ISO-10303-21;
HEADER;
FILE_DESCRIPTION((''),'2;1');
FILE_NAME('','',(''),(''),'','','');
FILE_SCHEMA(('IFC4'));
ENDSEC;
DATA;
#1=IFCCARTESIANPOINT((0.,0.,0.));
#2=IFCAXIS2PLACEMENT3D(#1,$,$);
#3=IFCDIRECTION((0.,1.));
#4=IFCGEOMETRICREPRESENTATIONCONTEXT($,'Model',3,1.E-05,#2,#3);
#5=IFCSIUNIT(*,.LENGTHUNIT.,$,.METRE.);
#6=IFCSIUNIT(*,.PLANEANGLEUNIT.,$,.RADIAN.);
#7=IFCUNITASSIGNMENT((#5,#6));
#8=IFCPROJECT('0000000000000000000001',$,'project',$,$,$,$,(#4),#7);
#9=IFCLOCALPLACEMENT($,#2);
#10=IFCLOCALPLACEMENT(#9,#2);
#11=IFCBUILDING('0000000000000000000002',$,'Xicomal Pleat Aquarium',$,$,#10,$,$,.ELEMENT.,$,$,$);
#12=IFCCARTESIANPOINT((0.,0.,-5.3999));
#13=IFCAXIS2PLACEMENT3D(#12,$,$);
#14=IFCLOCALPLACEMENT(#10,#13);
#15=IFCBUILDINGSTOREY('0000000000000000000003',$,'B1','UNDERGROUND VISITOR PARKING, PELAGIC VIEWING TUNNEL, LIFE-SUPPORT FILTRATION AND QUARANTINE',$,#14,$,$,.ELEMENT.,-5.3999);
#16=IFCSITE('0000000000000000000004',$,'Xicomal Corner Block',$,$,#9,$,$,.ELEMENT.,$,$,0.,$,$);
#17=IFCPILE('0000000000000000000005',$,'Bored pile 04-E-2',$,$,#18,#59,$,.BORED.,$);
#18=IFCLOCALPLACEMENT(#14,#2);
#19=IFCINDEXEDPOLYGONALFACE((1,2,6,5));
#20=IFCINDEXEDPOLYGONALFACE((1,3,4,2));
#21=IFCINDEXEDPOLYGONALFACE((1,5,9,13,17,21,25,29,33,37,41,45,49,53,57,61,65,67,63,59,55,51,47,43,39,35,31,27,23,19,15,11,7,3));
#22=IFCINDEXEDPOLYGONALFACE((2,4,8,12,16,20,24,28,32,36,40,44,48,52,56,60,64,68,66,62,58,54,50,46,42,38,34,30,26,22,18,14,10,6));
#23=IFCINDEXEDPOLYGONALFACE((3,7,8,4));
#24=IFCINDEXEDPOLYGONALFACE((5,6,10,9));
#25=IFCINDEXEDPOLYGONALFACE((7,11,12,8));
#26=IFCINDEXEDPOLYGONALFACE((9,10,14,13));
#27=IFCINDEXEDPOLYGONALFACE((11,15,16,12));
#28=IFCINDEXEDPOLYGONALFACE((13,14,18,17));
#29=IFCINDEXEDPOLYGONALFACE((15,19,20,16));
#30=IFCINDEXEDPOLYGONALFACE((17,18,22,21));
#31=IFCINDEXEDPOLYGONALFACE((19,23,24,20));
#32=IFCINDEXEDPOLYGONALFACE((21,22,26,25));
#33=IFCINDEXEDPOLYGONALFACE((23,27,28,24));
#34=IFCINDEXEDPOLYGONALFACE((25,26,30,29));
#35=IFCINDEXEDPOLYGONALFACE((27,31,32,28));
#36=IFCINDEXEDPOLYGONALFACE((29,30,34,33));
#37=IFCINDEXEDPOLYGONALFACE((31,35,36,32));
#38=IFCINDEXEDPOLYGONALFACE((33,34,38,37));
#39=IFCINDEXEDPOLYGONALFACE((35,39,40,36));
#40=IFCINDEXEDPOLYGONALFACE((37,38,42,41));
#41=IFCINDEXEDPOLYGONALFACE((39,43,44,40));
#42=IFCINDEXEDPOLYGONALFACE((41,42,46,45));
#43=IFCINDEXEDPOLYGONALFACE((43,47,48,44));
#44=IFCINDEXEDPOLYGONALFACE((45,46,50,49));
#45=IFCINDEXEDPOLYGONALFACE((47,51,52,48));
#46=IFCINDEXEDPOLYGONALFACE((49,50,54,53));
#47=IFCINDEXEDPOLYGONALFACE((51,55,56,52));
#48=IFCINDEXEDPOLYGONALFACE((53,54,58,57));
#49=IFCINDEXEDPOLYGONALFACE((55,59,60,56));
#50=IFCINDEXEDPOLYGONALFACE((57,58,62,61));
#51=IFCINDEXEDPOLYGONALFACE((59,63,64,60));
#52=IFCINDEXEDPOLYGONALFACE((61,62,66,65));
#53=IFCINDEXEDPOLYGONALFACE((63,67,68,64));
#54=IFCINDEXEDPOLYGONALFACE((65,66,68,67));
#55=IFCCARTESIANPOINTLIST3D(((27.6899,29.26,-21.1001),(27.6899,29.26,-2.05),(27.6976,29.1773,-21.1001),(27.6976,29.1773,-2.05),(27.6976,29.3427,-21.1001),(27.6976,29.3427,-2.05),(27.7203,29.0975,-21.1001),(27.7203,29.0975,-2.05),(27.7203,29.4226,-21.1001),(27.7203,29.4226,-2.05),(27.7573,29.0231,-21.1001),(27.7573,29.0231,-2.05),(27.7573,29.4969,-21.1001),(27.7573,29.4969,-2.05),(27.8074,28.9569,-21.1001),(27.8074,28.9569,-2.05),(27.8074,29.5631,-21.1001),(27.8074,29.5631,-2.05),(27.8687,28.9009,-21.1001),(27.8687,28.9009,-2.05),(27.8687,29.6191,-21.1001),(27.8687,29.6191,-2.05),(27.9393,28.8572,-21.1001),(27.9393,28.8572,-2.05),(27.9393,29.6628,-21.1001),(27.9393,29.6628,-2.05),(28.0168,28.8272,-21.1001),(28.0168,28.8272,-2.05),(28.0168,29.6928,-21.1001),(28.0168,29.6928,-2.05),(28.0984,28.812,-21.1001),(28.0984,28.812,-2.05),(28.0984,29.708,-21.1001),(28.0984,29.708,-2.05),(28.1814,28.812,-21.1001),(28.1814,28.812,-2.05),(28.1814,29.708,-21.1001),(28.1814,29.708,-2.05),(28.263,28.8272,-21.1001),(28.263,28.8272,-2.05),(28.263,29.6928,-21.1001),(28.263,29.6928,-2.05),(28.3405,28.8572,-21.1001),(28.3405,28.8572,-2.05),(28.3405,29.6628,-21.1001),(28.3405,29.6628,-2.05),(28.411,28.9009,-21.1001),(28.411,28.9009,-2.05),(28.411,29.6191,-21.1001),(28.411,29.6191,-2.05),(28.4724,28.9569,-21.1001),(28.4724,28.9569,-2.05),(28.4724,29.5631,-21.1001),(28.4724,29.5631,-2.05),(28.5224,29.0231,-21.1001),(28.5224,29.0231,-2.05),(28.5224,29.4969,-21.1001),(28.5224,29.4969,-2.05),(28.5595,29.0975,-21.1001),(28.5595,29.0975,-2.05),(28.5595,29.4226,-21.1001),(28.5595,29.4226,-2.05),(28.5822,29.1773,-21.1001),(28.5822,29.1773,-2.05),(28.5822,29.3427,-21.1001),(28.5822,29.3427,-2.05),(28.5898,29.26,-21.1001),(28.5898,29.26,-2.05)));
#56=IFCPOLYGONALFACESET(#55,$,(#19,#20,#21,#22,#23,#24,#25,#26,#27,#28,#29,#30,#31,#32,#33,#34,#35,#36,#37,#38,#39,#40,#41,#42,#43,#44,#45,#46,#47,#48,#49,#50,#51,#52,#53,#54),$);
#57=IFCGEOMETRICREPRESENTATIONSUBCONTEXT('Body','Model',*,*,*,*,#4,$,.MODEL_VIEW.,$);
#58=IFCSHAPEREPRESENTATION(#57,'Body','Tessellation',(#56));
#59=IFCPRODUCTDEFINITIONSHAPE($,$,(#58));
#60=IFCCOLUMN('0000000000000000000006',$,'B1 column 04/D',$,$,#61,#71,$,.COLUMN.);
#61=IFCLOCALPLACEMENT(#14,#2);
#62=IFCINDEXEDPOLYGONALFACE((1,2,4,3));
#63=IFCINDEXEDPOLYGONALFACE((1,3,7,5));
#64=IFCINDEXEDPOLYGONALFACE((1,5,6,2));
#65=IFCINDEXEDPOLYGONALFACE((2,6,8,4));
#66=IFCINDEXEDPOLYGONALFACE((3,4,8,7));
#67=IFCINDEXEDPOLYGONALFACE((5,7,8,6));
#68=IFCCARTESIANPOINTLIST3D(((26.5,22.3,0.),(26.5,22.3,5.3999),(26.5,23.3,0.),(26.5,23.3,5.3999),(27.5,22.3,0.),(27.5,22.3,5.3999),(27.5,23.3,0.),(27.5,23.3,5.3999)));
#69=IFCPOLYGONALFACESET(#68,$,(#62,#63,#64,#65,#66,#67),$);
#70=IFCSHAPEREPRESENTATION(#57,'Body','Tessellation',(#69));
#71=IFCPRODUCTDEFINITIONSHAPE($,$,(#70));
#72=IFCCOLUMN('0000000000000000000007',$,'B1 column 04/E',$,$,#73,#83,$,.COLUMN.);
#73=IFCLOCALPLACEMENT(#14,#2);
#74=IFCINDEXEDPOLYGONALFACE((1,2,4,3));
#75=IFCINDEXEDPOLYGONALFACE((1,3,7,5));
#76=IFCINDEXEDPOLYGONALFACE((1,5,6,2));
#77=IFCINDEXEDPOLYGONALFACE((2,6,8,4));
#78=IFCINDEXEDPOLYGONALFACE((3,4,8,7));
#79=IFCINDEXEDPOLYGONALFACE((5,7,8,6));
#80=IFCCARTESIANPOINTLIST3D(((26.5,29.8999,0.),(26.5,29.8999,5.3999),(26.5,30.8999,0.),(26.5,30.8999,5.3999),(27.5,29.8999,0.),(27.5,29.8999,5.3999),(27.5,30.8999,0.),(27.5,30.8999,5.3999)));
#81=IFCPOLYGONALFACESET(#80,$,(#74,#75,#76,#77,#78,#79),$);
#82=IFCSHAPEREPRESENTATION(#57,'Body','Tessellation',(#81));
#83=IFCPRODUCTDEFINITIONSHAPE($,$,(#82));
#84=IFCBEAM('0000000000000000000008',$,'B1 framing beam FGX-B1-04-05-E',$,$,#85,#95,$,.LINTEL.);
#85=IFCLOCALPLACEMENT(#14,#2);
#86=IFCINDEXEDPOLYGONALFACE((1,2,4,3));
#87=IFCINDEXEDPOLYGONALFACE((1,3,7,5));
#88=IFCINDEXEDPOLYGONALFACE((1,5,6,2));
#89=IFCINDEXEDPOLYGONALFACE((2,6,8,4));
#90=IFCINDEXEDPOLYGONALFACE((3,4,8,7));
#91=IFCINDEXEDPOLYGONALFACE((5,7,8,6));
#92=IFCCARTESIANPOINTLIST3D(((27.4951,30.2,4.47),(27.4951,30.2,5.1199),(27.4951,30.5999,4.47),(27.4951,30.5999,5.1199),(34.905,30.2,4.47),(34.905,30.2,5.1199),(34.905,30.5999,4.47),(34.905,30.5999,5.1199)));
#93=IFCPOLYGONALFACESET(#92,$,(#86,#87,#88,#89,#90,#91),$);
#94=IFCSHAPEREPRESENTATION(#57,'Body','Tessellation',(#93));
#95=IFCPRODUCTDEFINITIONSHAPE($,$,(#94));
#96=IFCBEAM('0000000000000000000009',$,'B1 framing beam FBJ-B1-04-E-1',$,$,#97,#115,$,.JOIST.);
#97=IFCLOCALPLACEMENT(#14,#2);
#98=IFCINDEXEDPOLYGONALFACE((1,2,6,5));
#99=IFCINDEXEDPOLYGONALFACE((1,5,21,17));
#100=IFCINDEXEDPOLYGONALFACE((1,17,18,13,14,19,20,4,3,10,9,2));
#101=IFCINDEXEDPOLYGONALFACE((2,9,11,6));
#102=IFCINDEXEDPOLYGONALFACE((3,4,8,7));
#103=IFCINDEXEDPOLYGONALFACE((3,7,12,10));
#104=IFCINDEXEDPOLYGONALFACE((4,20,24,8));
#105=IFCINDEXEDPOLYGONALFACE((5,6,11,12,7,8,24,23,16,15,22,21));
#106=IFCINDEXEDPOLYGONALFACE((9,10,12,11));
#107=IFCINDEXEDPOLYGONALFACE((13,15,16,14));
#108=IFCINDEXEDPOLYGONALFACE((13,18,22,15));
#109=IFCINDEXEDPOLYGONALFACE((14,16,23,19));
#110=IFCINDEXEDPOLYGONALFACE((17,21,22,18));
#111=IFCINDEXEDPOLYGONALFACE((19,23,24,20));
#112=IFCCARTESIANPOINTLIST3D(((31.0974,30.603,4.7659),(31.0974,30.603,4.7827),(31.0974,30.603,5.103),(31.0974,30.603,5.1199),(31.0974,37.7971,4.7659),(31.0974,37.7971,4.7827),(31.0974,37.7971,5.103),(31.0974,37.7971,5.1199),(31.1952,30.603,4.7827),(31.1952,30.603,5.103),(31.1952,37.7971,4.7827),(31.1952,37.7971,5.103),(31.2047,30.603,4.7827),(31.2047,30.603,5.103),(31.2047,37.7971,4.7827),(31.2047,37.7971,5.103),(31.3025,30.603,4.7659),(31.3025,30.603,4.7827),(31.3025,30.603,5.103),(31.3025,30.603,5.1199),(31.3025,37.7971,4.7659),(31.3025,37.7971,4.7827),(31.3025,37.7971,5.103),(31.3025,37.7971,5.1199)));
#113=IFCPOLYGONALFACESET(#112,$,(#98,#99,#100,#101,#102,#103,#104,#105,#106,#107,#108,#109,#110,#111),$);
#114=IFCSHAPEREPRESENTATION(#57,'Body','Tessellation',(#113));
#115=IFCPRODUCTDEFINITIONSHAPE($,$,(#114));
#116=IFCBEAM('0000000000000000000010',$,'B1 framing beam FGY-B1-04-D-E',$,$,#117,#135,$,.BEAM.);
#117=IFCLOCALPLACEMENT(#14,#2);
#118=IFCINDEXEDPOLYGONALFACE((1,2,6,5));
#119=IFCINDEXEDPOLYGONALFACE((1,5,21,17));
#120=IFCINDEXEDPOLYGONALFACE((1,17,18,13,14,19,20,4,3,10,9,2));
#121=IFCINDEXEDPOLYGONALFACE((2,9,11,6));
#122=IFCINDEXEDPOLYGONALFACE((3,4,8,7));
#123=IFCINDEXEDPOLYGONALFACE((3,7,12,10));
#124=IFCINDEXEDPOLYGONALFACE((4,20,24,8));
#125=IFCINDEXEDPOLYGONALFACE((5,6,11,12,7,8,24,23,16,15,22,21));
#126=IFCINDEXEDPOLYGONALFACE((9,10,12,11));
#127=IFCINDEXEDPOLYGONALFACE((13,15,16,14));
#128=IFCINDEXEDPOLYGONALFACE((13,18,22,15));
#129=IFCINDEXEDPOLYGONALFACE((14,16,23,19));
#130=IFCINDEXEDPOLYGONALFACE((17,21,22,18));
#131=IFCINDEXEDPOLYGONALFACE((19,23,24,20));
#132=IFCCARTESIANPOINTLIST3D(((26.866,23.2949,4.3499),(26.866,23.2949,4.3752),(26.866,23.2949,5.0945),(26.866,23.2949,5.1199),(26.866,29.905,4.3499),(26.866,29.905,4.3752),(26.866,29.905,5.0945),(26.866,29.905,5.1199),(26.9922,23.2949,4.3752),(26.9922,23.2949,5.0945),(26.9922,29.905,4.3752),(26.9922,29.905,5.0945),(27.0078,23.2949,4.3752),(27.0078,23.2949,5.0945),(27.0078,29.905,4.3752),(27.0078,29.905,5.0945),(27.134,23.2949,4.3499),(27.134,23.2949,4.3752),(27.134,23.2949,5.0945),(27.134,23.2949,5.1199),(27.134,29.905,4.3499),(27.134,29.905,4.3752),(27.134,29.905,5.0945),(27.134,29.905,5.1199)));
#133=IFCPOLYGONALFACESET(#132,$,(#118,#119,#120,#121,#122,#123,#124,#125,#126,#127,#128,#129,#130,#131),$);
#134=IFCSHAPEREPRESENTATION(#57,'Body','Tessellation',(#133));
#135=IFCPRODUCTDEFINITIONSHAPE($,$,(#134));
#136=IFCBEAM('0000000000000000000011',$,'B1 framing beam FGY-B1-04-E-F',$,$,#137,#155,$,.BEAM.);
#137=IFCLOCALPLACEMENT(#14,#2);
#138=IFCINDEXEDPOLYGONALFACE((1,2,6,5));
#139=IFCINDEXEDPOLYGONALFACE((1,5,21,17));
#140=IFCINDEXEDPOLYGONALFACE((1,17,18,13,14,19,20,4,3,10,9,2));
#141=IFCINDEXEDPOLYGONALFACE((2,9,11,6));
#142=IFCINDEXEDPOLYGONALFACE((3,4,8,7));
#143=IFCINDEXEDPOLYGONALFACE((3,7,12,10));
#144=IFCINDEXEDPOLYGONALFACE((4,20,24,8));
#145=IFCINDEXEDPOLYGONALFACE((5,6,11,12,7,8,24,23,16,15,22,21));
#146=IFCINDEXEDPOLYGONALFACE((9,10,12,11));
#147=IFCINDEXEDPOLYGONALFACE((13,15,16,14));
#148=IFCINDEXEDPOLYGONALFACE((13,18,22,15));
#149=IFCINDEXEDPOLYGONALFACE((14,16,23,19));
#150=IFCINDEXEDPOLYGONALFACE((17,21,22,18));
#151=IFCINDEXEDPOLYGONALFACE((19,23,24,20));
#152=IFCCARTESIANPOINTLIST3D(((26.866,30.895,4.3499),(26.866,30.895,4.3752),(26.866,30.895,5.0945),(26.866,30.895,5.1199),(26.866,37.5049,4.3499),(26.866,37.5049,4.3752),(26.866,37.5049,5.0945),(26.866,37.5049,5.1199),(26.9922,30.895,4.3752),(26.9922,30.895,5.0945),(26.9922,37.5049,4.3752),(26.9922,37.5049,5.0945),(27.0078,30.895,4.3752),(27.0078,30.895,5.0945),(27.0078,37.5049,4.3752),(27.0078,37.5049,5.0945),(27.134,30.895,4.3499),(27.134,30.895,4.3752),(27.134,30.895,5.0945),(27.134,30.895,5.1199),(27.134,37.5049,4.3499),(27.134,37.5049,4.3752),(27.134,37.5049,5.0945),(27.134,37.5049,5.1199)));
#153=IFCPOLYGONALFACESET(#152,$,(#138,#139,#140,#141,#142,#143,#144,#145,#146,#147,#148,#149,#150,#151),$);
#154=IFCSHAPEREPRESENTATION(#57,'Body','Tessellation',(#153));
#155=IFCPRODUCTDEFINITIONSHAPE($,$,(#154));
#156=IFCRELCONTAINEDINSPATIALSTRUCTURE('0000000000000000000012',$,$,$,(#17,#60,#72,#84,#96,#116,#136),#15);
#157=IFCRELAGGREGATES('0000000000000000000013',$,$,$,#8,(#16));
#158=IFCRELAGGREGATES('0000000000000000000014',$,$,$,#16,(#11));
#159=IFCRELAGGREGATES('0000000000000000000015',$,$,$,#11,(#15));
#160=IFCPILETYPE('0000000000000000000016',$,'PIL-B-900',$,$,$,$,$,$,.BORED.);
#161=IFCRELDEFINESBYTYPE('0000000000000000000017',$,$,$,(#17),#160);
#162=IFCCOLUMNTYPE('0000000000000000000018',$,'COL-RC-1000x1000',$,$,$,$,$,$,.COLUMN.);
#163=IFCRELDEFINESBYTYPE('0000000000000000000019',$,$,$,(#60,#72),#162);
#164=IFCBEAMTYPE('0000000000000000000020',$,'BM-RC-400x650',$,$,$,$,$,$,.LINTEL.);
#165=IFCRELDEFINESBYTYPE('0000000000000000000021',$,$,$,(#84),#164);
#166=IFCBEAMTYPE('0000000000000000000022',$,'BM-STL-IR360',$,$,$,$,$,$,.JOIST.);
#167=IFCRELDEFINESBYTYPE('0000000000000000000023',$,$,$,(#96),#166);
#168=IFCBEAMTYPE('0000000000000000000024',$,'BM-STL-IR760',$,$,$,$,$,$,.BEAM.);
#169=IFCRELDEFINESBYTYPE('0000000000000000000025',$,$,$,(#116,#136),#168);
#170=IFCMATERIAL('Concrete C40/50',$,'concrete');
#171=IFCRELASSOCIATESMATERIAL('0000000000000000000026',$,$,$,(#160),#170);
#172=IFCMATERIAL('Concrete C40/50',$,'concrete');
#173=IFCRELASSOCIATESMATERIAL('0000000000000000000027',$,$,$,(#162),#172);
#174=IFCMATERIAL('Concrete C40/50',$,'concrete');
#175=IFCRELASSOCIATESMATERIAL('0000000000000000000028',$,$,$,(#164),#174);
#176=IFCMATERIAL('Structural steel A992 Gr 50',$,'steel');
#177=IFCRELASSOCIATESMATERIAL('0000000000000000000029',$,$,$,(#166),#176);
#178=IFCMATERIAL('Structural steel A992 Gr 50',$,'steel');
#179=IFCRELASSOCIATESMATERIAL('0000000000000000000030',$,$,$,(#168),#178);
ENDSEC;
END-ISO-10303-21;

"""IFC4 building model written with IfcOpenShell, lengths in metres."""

from ifc_helpers import new_model, si_unit, direction, frame, origin, origin_2d, place, context, subcontext, project, spatial, rectangle, circle, i_section, extrude, material, material_profile, profile_set, type_object, element, save


model = new_model("IFC4")

# Units and contexts
model_context = context("Model", 3, precision=1e-05, world=origin(), true_north=direction((0.0, 1.0)))
body_context = subcontext(model_context, "Body", "Model", "MODEL_VIEW")
ifc_project = project(units=[si_unit("LENGTHUNIT", "METRE"), si_unit("PLANEANGLEUNIT", "RADIAN")], contexts=[model_context])

# Site, building, storey
site_placement = place(None, origin())
site = spatial("IfcSite", under=ifc_project, at=site_placement, Name="Xicomal Corner Block", CompositionType="ELEMENT", RefElevation=0.0)
building_placement = place(site_placement, origin())
building = spatial("IfcBuilding", under=site, at=building_placement, Name="Xicomal Pleat Aquarium", CompositionType="ELEMENT")
storey_placement = place(building_placement, frame((0.0, 0.0, -5.3999)))
storey = spatial("IfcBuildingStorey", under=building, at=storey_placement, Name="B1", Description="UNDERGROUND VISITOR PARKING, PELAGIC VIEWING TUNNEL, LIFE-SUPPORT FILTRATION AND QUARANTINE", CompositionType="ELEMENT", Elevation=-5.3999)

# Pile
ifc_material_1 = material(Name="Concrete C40/50", Category="concrete")
ifc_material_profile_1 = material_profile(ifc_material_1, circle(Radius=0.45, at=origin_2d()), Name="BORED PILE D900")
ifc_profile_set_1 = profile_set([ifc_material_profile_1], Name="Concrete C40/50")
pile_type = type_object("IfcPileType", Name="PIL-B-900", PredefinedType="BORED", material=ifc_profile_set_1)
for number, where, z_axis, x_axis, name in (
    (1, (28.1399, 29.26, -2.05), (0.0, 0.0, -1.0), (1.0, 0.0, 0.0), "Bored pile 04-E-2"),
):
    element("IfcPile", number, at=place(storey_placement, frame(where, z_axis=z_axis, x_axis=x_axis)), inside=storey, type_object=pile_type, Name=name, PredefinedType="BORED", context=body_context, shape_type="SweptSolid", body=[
        extrude(circle(Radius=0.45, at=origin_2d()), origin(), (0.0, 0.0, 1.0), 19.05),
    ])

# Columns
ifc_material_2 = material(Name="Concrete C40/50", Category="concrete")
ifc_material_profile_2 = material_profile(ifc_material_2, rectangle(XDim=1.0, YDim=1.0, at=origin_2d()), Name="RC 1000x1000")
ifc_profile_set_2 = profile_set([ifc_material_profile_2], Name="Concrete C40/50")
column_type = type_object("IfcColumnType", Name="COL-RC-1000x1000", PredefinedType="COLUMN", material=ifc_profile_set_2)
for number, where, z_axis, x_axis, name in (
    (2, (27.0, 22.8, 0.0), (0.0, 0.0, 1.0), (1.0, 0.0, 0.0), "B1 column 04/D"),
    (3, (27.0, 30.3999, 0.0), (0.0, 0.0, 1.0), (1.0, 0.0, 0.0), "B1 column 04/E"),
):
    element("IfcColumn", number, at=place(storey_placement, frame(where, z_axis=z_axis, x_axis=x_axis)), inside=storey, type_object=column_type, Name=name, PredefinedType="COLUMN", context=body_context, shape_type="SweptSolid", body=[
        extrude(rectangle(XDim=1.0, YDim=1.0, at=origin_2d()), origin(), (0.0, 0.0, 1.0), 5.3999),
    ])

# Beams
ifc_material_3 = material(Name="Concrete C40/50", Category="concrete")
ifc_material_profile_3 = material_profile(ifc_material_3, rectangle(XDim=0.3999, YDim=0.6499, at=origin_2d()), Name="RC 400x650")
ifc_profile_set_3 = profile_set([ifc_material_profile_3], Name="Concrete C40/50")
beam_type_1 = type_object("IfcBeamType", Name="BM-RC-400x650", PredefinedType="LINTEL", material=ifc_profile_set_3)
beam_1_placement = place(storey_placement, frame((27.4951, 30.3999, 4.7949), z_axis=(1.0, 0.0, 0.0), x_axis=(0.0, 1.0, 0.0)))
element("IfcBeam", 4, at=beam_1_placement, inside=storey, type_object=beam_type_1, Name="B1 framing beam FGX-B1-04-05-E", PredefinedType="LINTEL", context=body_context, shape_type="SweptSolid", body=[
    extrude(rectangle(XDim=0.3999, YDim=0.6499, at=origin_2d()), origin(), (0.0, 0.0, 1.0), 7.4099),
])
ifc_material_4 = material(Name="Structural steel A992 Gr 50", Category="steel")
ifc_material_profile_4 = material_profile(ifc_material_4, i_section(OverallWidth=0.2051, OverallDepth=0.354, WebThickness=0.0095, FlangeThickness=0.0168, at=origin_2d()), Name="IR 360x79")
ifc_profile_set_4 = profile_set([ifc_material_profile_4], Name="Structural steel A992 Gr 50")
beam_type_2 = type_object("IfcBeamType", Name="BM-STL-IR360", PredefinedType="JOIST", material=ifc_profile_set_4)
beam_2_placement = place(storey_placement, frame((31.2, 30.603, 4.9429), z_axis=(0.0, 1.0, 0.0), x_axis=(-1.0, 0.0, 0.0)))
element("IfcBeam", 5, at=beam_2_placement, inside=storey, type_object=beam_type_2, Name="B1 framing beam FBJ-B1-04-E-1", PredefinedType="JOIST", context=body_context, shape_type="SweptSolid", body=[
    extrude(i_section(OverallWidth=0.2051, OverallDepth=0.354, WebThickness=0.0095, FlangeThickness=0.0168, at=origin_2d()), origin(), (0.0, 0.0, 1.0), 7.1941),
])
ifc_material_5 = material(Name="Structural steel A992 Gr 50", Category="steel")
ifc_material_profile_5 = material_profile(ifc_material_5, i_section(OverallWidth=0.2681, OverallDepth=0.77, WebThickness=0.0156, FlangeThickness=0.0254, at=origin_2d()), Name="IR 760x196")
ifc_profile_set_5 = profile_set([ifc_material_profile_5], Name="Structural steel A992 Gr 50")
beam_type_3 = type_object("IfcBeamType", Name="BM-STL-IR760", PredefinedType="BEAM", material=ifc_profile_set_5)
beam_3_placement = place(storey_placement, frame((27.0, 23.2949, 4.7349), z_axis=(0.0, 1.0, 0.0), x_axis=(-1.0, 0.0, 0.0)))
element("IfcBeam", 6, at=beam_3_placement, inside=storey, type_object=beam_type_3, Name="B1 framing beam FGY-B1-04-D-E", PredefinedType="BEAM", context=body_context, shape_type="SweptSolid", body=[
    extrude(i_section(OverallWidth=0.2681, OverallDepth=0.77, WebThickness=0.0156, FlangeThickness=0.0254, at=origin_2d()), origin(), (0.0, 0.0, 1.0), 6.6101),
])
beam_4_placement = place(storey_placement, frame((27.0, 30.895, 4.7349), z_axis=(0.0, 1.0, 0.0), x_axis=(-1.0, 0.0, 0.0)))
element("IfcBeam", 7, at=beam_4_placement, inside=storey, type_object=beam_type_3, Name="B1 framing beam FGY-B1-04-E-F", PredefinedType="BEAM", context=body_context, shape_type="SweptSolid", body=[
    extrude(i_section(OverallWidth=0.2681, OverallDepth=0.77, WebThickness=0.0156, FlangeThickness=0.0254, at=origin_2d()), origin(), (0.0, 0.0, 1.0), 6.6099),
])

save(model, "model.ifc")
